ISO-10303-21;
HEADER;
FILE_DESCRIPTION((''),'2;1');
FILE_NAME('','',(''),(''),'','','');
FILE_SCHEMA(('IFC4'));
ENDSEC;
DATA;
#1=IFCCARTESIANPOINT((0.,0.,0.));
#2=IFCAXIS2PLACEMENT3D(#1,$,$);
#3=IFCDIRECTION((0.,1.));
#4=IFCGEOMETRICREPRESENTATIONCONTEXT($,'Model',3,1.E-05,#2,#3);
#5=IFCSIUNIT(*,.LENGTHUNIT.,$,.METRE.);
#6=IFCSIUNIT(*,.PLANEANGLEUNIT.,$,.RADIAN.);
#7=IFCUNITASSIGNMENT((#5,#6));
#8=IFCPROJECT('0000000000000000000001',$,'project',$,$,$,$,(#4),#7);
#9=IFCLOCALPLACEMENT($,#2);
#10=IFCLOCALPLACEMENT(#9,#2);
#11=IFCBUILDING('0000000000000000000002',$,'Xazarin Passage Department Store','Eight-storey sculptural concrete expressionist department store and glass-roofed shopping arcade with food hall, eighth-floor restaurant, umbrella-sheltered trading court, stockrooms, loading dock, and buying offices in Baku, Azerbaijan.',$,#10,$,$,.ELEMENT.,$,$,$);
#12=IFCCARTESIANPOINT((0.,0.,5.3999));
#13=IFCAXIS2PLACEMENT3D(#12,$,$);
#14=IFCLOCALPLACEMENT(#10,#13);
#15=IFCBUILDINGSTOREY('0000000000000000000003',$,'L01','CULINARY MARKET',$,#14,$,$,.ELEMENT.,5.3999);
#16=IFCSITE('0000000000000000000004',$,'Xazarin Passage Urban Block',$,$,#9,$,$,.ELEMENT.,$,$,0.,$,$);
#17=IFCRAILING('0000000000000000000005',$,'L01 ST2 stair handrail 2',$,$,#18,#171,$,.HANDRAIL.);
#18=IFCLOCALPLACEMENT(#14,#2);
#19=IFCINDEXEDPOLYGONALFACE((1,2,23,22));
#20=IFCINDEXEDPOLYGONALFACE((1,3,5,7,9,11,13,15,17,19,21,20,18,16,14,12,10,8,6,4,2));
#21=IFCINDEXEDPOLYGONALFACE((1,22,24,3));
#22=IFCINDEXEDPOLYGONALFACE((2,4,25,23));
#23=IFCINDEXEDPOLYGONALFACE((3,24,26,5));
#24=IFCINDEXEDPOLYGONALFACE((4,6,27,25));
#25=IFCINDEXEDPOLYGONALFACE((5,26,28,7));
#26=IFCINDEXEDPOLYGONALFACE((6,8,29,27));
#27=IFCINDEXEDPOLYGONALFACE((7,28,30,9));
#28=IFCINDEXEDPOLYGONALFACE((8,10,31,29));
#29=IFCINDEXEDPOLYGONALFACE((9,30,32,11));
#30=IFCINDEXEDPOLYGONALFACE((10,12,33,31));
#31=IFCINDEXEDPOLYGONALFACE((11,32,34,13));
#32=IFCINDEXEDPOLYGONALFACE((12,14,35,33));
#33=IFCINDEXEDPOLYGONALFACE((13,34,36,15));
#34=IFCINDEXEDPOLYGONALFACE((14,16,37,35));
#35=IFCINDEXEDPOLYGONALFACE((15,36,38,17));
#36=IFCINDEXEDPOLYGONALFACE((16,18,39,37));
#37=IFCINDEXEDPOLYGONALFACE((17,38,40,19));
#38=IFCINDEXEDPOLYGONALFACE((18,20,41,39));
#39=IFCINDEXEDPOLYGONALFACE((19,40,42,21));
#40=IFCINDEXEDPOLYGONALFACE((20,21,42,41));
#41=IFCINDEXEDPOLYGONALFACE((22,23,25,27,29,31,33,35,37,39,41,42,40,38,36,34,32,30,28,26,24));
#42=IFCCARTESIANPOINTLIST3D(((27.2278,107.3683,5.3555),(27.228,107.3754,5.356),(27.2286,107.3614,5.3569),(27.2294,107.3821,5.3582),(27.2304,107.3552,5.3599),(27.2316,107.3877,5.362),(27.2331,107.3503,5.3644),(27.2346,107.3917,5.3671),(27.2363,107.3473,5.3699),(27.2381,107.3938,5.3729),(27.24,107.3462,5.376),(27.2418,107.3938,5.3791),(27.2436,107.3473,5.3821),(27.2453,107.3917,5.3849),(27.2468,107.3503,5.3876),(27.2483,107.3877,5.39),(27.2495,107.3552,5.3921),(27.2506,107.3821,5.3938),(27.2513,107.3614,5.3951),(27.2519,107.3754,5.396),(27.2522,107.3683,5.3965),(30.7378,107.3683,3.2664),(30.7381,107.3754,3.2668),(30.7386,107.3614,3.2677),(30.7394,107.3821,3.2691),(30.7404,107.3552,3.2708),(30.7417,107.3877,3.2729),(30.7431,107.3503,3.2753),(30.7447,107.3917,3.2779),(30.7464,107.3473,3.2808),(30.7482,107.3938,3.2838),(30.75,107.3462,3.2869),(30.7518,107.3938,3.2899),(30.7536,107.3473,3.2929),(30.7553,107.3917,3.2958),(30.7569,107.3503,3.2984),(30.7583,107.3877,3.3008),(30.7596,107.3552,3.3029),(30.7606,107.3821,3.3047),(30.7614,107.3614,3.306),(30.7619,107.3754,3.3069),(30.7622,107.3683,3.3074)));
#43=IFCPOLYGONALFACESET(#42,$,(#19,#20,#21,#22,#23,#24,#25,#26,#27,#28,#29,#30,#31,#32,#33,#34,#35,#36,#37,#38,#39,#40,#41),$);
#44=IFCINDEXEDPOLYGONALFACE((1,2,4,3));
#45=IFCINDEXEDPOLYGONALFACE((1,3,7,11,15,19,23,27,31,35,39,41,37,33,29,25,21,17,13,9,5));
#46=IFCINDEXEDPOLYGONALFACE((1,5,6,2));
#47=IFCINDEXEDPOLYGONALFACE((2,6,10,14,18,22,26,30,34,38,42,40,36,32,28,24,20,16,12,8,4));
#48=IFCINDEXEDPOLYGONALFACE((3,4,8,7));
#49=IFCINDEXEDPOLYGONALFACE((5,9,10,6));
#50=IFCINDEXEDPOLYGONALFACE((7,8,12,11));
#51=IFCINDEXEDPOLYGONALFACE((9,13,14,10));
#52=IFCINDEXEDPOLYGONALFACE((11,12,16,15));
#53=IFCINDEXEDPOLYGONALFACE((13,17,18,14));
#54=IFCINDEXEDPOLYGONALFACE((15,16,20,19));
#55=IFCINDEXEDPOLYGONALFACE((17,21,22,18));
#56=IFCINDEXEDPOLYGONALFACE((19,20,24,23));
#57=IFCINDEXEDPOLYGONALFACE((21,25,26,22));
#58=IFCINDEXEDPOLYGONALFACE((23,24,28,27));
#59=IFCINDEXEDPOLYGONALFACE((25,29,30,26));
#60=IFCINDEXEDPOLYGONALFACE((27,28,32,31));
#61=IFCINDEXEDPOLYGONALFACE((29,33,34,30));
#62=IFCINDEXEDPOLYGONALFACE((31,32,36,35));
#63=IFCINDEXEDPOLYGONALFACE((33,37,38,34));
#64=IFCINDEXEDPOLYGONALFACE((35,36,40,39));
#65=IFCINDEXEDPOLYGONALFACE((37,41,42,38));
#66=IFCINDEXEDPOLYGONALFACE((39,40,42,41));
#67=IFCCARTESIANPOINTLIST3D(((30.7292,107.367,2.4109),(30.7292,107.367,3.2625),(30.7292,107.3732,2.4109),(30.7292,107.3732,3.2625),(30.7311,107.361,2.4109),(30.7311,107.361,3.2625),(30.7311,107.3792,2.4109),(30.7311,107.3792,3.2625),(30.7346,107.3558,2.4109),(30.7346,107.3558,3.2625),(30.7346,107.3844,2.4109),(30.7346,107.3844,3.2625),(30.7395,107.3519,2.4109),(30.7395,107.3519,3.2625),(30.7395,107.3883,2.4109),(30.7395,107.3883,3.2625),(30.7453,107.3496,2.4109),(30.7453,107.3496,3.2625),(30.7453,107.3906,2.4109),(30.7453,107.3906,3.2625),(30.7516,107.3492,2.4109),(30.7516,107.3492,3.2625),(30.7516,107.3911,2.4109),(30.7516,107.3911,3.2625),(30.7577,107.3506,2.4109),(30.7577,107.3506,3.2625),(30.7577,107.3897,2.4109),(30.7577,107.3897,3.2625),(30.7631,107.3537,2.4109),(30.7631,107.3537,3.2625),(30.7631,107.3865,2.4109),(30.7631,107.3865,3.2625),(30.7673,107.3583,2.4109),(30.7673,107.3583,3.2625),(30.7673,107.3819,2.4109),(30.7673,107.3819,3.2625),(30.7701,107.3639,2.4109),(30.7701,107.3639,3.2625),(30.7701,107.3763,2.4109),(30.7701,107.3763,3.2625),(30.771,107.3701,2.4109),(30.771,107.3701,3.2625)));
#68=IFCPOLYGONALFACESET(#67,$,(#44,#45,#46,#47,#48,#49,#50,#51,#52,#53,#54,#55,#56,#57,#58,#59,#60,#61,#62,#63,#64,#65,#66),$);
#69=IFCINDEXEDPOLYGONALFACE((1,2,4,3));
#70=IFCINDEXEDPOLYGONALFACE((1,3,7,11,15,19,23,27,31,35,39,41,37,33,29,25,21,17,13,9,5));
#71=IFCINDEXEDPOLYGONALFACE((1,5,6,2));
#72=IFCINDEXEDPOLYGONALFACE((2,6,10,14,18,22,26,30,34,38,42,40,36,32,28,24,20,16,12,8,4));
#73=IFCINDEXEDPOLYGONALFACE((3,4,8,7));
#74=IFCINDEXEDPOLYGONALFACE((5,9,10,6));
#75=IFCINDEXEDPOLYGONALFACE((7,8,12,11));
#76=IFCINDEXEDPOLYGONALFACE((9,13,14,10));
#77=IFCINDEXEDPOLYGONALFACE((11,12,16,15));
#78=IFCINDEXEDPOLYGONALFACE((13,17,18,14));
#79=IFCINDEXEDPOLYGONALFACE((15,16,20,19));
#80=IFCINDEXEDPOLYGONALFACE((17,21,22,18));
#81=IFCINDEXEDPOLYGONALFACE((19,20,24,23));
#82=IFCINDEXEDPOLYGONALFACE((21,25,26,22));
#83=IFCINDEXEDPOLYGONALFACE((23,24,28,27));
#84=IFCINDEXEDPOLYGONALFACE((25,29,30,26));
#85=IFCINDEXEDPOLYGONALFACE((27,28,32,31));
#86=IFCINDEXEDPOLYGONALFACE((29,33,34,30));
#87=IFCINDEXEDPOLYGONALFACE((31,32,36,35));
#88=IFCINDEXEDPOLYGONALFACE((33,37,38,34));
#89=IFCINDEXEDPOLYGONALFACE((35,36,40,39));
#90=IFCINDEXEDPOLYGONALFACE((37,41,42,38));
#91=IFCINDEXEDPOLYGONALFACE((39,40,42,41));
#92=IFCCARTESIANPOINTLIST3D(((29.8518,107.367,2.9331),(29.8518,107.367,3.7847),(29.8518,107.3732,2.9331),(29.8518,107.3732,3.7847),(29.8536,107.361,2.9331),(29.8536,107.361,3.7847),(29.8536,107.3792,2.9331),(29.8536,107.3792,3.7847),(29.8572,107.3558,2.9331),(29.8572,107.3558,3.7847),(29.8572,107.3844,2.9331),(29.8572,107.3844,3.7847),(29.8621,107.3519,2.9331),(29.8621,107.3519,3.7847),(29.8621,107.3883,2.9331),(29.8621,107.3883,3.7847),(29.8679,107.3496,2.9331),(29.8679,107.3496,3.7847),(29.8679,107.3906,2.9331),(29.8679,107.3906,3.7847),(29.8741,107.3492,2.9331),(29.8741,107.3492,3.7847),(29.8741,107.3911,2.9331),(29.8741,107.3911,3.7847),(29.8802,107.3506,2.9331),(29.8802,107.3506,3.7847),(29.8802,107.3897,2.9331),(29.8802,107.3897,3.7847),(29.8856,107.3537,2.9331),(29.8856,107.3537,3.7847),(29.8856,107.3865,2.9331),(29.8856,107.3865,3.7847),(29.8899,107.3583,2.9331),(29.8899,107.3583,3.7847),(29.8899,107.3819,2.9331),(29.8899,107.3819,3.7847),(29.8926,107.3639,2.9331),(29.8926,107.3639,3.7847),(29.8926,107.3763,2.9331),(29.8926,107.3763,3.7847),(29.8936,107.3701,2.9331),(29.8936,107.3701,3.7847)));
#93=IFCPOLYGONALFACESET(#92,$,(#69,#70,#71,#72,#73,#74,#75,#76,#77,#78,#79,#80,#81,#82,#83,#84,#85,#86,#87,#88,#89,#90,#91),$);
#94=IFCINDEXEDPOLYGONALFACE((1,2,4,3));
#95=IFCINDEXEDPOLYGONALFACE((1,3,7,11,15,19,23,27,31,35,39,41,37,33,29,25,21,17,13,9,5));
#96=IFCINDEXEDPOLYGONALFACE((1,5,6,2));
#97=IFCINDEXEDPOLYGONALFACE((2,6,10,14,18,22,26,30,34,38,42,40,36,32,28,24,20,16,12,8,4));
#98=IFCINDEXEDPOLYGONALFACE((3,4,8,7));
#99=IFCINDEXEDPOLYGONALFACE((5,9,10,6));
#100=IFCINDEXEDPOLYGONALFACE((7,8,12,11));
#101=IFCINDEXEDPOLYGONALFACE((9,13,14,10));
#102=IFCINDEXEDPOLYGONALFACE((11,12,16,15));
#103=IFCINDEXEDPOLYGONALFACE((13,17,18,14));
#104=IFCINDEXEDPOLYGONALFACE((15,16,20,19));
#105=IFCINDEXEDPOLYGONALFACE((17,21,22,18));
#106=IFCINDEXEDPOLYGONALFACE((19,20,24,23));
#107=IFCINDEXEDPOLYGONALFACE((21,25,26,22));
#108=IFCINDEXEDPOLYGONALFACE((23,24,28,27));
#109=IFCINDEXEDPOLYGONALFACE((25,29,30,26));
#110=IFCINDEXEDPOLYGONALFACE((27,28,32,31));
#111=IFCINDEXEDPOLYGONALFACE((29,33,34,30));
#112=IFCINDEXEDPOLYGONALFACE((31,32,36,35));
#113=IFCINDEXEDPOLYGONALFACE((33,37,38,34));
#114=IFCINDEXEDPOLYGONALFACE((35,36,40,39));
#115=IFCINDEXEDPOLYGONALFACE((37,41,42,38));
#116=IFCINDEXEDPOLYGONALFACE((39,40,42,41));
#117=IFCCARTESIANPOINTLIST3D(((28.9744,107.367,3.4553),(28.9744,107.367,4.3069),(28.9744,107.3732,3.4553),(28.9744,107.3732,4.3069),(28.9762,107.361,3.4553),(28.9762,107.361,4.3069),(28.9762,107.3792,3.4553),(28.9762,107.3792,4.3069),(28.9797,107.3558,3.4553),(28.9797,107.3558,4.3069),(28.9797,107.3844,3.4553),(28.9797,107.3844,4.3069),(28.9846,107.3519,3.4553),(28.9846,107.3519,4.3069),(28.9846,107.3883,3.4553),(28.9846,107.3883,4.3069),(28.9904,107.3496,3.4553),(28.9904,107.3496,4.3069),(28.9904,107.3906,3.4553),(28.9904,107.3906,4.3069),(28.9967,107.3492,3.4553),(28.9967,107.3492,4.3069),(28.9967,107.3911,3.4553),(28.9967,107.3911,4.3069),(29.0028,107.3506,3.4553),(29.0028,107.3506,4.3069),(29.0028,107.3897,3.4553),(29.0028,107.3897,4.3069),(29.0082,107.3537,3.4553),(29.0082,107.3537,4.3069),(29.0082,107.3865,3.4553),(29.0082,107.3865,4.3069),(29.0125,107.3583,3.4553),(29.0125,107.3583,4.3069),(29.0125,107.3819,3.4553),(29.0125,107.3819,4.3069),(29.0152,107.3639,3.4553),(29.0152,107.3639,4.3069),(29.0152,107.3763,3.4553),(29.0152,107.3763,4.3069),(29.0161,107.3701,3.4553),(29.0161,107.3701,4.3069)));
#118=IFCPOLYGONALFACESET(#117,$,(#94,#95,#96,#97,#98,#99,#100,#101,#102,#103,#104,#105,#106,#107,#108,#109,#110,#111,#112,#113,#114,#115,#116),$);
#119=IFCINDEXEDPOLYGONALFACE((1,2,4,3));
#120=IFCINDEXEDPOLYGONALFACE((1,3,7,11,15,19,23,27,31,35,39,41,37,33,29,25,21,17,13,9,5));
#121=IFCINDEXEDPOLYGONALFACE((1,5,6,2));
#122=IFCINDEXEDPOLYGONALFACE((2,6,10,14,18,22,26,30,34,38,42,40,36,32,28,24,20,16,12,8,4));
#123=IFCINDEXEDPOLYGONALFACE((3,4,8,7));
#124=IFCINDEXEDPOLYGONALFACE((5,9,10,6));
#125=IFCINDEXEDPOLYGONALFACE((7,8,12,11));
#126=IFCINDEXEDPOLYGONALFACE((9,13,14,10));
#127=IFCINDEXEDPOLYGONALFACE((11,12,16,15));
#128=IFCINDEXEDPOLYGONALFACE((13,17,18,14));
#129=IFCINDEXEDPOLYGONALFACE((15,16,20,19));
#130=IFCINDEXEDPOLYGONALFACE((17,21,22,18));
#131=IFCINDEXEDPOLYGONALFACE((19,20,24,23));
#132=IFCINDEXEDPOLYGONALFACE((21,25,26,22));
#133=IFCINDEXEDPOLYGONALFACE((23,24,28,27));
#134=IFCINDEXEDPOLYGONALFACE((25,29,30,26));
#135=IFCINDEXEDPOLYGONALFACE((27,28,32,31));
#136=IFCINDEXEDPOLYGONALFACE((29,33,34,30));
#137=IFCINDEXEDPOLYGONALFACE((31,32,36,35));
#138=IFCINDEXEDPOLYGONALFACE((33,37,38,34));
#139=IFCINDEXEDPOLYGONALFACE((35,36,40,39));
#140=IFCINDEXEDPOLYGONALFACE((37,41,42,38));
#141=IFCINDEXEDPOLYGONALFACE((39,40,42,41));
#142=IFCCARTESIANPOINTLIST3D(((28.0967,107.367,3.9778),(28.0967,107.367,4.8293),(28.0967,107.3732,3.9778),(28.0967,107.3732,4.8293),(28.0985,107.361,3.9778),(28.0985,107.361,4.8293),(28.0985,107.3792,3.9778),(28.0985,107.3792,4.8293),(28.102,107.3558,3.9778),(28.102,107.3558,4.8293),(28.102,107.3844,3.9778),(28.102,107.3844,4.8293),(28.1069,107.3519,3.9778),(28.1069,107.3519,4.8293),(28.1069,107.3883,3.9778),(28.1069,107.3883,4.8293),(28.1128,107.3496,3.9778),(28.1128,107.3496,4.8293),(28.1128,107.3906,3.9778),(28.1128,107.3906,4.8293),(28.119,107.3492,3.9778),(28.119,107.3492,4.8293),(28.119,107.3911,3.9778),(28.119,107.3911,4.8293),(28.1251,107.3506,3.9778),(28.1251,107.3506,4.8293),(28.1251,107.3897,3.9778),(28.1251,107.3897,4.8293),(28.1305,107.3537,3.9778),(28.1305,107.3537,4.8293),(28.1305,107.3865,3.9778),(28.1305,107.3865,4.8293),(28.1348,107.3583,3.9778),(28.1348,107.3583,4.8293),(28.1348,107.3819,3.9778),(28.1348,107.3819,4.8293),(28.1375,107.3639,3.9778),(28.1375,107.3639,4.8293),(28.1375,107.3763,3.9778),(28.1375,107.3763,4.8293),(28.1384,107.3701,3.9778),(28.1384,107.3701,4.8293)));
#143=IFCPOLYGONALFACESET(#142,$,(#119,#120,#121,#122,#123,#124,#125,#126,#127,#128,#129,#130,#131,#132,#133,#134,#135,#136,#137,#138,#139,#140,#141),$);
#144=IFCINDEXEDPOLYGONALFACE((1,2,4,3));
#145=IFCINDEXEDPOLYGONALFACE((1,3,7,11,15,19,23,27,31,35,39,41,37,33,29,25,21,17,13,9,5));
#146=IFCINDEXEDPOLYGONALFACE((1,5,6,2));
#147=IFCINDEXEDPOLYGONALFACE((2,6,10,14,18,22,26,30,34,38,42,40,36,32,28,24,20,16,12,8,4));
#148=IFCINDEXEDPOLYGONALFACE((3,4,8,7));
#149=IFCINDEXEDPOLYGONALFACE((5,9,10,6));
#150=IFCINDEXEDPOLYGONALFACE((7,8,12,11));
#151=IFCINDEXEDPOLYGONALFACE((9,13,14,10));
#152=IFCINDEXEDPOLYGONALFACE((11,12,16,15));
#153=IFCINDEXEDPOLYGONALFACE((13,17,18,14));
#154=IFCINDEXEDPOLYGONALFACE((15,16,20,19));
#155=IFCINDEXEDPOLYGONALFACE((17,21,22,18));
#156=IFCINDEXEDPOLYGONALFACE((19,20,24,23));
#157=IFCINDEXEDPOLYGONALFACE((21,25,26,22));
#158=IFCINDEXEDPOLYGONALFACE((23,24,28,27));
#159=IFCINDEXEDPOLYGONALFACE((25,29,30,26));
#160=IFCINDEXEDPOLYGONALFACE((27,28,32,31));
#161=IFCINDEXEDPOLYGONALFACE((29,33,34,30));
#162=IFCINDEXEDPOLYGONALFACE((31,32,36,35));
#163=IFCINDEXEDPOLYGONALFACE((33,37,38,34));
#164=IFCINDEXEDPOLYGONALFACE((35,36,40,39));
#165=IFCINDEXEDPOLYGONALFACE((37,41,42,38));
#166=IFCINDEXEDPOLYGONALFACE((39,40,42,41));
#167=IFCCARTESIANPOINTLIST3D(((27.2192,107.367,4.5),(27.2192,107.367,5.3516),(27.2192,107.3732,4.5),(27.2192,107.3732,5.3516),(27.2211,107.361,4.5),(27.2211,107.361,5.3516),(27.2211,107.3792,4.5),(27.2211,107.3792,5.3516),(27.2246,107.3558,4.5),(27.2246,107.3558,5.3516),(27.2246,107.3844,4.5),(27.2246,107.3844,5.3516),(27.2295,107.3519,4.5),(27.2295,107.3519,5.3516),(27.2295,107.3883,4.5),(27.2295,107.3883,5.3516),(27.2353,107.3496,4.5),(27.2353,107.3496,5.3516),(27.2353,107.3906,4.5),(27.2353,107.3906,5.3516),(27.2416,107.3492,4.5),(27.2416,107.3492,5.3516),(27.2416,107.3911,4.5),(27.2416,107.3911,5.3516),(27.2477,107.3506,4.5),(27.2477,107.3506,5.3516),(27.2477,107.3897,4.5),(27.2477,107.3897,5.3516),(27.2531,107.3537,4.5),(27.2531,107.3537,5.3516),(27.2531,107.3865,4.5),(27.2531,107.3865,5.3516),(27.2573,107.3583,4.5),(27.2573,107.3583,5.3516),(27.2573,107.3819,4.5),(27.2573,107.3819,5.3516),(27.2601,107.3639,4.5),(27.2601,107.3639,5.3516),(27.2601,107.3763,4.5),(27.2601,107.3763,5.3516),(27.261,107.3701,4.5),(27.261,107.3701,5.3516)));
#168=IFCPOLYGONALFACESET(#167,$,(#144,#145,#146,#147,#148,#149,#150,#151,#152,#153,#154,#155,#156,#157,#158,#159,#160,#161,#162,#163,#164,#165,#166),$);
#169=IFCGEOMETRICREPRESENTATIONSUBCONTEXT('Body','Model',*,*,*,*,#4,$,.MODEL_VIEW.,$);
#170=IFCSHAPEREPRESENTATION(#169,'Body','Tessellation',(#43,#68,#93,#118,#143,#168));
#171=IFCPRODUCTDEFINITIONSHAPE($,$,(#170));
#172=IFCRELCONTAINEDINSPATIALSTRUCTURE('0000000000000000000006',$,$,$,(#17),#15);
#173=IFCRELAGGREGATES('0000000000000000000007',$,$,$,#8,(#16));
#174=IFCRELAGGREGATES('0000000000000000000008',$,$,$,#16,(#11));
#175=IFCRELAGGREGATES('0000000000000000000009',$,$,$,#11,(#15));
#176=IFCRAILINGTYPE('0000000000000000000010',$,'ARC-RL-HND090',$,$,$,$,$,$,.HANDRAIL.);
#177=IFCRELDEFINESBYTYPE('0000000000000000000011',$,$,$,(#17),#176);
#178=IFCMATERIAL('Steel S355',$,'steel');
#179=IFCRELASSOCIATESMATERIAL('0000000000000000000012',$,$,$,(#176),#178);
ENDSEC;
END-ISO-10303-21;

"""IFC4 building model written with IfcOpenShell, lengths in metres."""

from ifc_helpers import new_model, si_unit, direction, frame, origin, origin_2d, place, context, subcontext, project, spatial, circle, extrude, material, type_object, element, save


model = new_model("IFC4")

# Units and contexts
model_context = context("Model", 3, precision=1e-05, world=origin(), true_north=direction((0.0, 1.0)))
body_context = subcontext(model_context, "Body", "Model", "MODEL_VIEW")
ifc_project = project(units=[si_unit("LENGTHUNIT", "METRE"), si_unit("PLANEANGLEUNIT", "RADIAN")], contexts=[model_context])

# Site, building, storey
site_placement = place(None, origin())
site = spatial("IfcSite", under=ifc_project, at=site_placement, Name="Xazarin Passage Urban Block", CompositionType="ELEMENT", RefElevation=0.0)
building_placement = place(site_placement, origin())
building = spatial("IfcBuilding", under=site, at=building_placement, Name="Xazarin Passage Department Store", Description="Eight-storey sculptural concrete expressionist department store and glass-roofed shopping arcade with food hall, eighth-floor restaurant, umbrella-sheltered trading court, stockrooms, loading dock, and buying offices in Baku, Azerbaijan.", CompositionType="ELEMENT")
storey_placement = place(building_placement, frame((0.0, 0.0, 5.3999)))
storey = spatial("IfcBuildingStorey", under=building, at=storey_placement, Name="L01", Description="CULINARY MARKET", CompositionType="ELEMENT", Elevation=5.3999)

# Railing
ifc_material_1 = material(Name="Steel S355", Category="steel")
railing_type_1 = type_object("IfcRailingType", Name="ARC-RL-HND090", PredefinedType="HANDRAIL", material=ifc_material_1)
railing_1_placement = place(storey_placement, frame((30.75, 107.3701, 2.4109)))
element("IfcRailing", 1, at=railing_1_placement, inside=storey, type_object=railing_type_1, Name="L01 ST2 stair handrail 2", PredefinedType="HANDRAIL", context=body_context, shape_type="SweptSolid", body=[
    extrude(circle(Radius=0.0239, at=origin_2d()), frame((0.0, 0.0, 0.876), z_axis=(-0.859312, 0.0, 0.511451), x_axis=(0.0, -1.0, 0.0)), (0.0, 0.0, 1.0), 4.0847),
    extrude(circle(Radius=0.021, at=origin_2d()), origin(), (0.0, 0.0, 1.0), 0.8516),
    extrude(circle(Radius=0.021, at=origin_2d()), frame((-0.8774, 0.0, 0.5222)), (0.0, 0.0, 1.0), 0.8516),
    extrude(circle(Radius=0.021, at=origin_2d()), frame((-1.7549, 0.0, 1.0444)), (0.0, 0.0, 1.0), 0.8516),
    extrude(circle(Radius=0.021, at=origin_2d()), frame((-2.6326, 0.0, 1.5669)), (0.0, 0.0, 1.0), 0.8516),
    extrude(circle(Radius=0.021, at=origin_2d()), frame((-3.51, 0.0, 2.0891)), (0.0, 0.0, 1.0), 0.8516),
])

save(model, "model.ifc")
